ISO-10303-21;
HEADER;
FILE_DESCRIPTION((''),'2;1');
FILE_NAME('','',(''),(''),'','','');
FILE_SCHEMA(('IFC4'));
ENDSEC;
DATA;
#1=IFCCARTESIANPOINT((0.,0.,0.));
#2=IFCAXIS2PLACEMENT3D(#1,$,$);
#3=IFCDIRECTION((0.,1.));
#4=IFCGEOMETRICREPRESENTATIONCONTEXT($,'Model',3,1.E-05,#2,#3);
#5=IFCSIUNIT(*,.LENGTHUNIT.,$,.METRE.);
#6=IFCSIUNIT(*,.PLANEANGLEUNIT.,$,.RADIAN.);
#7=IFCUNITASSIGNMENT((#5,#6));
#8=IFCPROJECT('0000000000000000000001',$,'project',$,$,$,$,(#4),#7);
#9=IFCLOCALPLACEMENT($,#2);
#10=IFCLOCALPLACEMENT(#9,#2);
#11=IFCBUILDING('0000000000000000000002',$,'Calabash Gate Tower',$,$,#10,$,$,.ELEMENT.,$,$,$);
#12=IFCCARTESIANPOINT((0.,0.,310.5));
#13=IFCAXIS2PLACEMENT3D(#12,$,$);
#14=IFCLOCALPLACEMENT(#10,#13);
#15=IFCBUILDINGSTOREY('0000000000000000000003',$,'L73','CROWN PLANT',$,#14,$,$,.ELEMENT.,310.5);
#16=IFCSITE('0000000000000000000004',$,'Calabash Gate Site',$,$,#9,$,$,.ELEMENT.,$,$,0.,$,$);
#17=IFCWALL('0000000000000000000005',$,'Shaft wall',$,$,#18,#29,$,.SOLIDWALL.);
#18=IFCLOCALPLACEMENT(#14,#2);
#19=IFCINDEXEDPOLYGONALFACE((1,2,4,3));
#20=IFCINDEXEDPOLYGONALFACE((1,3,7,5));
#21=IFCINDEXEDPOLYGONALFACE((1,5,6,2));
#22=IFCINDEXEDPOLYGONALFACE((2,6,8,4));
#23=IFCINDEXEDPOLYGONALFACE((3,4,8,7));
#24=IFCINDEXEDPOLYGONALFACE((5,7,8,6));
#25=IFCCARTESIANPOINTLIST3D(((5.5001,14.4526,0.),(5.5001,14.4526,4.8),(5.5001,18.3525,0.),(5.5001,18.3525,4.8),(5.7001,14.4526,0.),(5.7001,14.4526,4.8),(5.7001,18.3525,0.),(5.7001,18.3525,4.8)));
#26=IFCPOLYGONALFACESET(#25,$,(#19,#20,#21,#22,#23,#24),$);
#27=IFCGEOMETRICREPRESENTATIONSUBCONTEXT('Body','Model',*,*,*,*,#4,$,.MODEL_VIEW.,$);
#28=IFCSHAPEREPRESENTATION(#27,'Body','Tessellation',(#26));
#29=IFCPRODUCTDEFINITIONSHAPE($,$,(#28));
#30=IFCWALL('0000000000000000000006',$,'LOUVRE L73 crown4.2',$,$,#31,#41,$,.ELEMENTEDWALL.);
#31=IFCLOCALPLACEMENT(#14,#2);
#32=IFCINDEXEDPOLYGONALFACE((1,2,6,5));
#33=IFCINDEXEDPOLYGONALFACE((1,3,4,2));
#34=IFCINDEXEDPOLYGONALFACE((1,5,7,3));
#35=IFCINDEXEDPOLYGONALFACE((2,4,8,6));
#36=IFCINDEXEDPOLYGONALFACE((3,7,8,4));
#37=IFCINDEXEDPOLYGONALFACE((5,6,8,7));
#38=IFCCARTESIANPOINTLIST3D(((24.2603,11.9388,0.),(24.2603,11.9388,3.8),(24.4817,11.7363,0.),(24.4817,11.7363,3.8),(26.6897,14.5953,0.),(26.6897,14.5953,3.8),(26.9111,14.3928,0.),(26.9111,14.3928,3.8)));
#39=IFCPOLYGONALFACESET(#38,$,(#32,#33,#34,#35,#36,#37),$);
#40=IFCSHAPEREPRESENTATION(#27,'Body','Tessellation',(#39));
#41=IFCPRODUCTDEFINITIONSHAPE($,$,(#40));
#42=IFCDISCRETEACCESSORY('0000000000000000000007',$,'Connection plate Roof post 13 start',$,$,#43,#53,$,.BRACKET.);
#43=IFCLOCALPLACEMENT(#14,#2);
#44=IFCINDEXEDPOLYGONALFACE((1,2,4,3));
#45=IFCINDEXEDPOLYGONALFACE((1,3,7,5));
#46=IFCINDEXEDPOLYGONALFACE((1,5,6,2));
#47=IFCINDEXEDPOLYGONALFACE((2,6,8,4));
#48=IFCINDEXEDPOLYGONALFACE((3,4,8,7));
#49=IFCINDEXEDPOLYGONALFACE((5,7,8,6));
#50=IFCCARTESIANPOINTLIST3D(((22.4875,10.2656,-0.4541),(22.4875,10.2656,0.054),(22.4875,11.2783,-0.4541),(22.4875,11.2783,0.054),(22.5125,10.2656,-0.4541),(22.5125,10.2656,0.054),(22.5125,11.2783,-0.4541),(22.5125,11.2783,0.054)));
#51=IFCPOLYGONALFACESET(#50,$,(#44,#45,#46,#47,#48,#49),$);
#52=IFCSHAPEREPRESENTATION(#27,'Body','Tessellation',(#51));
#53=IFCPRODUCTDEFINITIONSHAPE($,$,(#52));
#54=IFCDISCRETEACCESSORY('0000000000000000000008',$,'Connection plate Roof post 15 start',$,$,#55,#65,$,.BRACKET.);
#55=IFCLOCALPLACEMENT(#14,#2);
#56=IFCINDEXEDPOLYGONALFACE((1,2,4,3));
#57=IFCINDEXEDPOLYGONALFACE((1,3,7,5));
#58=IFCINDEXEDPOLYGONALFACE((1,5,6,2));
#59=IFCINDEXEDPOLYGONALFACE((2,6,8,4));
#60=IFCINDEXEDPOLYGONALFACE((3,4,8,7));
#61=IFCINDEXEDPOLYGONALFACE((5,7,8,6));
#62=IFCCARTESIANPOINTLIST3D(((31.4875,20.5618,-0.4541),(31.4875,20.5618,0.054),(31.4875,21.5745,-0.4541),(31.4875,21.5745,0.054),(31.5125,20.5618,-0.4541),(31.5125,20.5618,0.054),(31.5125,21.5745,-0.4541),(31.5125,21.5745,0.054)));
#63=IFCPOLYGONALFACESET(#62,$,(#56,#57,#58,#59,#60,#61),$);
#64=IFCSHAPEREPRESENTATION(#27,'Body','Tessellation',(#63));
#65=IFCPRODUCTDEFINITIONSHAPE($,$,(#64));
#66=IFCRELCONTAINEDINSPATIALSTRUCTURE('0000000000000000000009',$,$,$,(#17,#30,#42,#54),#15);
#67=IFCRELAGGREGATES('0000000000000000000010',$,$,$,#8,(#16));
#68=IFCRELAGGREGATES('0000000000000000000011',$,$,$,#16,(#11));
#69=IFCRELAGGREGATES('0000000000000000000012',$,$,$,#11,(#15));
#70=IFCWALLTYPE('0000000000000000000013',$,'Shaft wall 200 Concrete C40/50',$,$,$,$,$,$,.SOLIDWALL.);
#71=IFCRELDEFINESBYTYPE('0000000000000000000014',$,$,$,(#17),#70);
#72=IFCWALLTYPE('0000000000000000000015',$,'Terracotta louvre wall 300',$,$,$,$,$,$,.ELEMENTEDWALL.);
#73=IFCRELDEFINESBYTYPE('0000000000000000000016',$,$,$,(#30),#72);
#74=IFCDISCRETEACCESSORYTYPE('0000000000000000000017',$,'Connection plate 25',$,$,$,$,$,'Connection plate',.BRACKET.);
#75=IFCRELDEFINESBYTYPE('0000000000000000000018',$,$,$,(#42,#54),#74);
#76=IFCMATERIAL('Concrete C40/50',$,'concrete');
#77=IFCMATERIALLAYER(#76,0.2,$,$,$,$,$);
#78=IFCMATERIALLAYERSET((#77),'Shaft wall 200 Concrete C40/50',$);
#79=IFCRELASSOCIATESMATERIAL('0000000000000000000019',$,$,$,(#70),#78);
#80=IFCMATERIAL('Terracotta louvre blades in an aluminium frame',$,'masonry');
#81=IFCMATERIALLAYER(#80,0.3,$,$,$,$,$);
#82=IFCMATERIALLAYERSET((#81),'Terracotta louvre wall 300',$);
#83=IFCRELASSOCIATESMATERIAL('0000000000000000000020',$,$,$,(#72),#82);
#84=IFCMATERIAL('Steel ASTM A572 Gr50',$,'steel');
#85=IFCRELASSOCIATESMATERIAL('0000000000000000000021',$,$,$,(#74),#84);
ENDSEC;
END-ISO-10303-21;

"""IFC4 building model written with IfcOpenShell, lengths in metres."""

from ifc_helpers import new_model, si_unit, direction, frame, frame_2d, origin, origin_2d, place, context, subcontext, project, spatial, rectangle, extrude, material, layer, layer_set, type_object, element, save


model = new_model("IFC4")

# Units and contexts
model_context = context("Model", 3, precision=1e-05, world=origin(), true_north=direction((0.0, 1.0)))
body_context = subcontext(model_context, "Body", "Model", "MODEL_VIEW")
ifc_project = project(units=[si_unit("LENGTHUNIT", "METRE"), si_unit("PLANEANGLEUNIT", "RADIAN")], contexts=[model_context])

# Site, building, storey
site_placement = place(None, origin())
site = spatial("IfcSite", under=ifc_project, at=site_placement, Name="Calabash Gate Site", CompositionType="ELEMENT", RefElevation=0.0)
building_placement = place(site_placement, origin())
building = spatial("IfcBuilding", under=site, at=building_placement, Name="Calabash Gate Tower", CompositionType="ELEMENT")
storey_placement = place(building_placement, frame((0.0, 0.0, 310.5)))
storey = spatial("IfcBuildingStorey", under=building, at=storey_placement, Name="L73", Description="CROWN PLANT", CompositionType="ELEMENT", Elevation=310.5)

# Shared definitions
ifc_material_1 = material(Name="Concrete C40/50", Category="concrete")
ifc_layer_1 = layer(ifc_material_1, 0.2)
ifc_layer_set_1 = layer_set([ifc_layer_1], Name="Shaft wall 200 Concrete C40/50")
wall_type_1 = type_object("IfcWallType", Name="Shaft wall 200 Concrete C40/50", PredefinedType="SOLIDWALL", material=ifc_layer_set_1)

# Walls
wall_1_placement = place(storey_placement, frame((5.6001, 14.4526, 0.0), z_axis=(0.0, 0.0, 1.0), x_axis=(0.0, 1.0, 0.0)))
element("IfcWall", 1, at=wall_1_placement, inside=storey, type_object=wall_type_1, Name="Shaft wall", PredefinedType="SOLIDWALL", context=body_context, shape_type="SweptSolid", body=[
    extrude(rectangle(XDim=3.8999, YDim=0.2, at=frame_2d((1.95, 0.0))), origin(), (0.0, 0.0, 1.0), 4.8),
])
ifc_material_2 = material(Name="Terracotta louvre blades in an aluminium frame", Category="masonry")
ifc_layer_2 = layer(ifc_material_2, 0.3)
ifc_layer_set_2 = layer_set([ifc_layer_2], Name="Terracotta louvre wall 300")
wall_type_2 = type_object("IfcWallType", Name="Terracotta louvre wall 300", PredefinedType="ELEMENTEDWALL", material=ifc_layer_set_2)
wall_2_placement = place(storey_placement, frame((24.3711, 11.8376, 0.0), z_axis=(0.0, 0.0, 1.0), x_axis=(0.674867, 0.737939, 0.0)))
element("IfcWall", 2, at=wall_2_placement, inside=storey, type_object=wall_type_2, Name="LOUVRE L73 crown4.2", PredefinedType="ELEMENTEDWALL", context=body_context, shape_type="SweptSolid", body=[
    extrude(rectangle(XDim=3.5999, YDim=0.3, at=frame_2d((1.7998, 0.0))), origin(), (0.0, 0.0, 1.0), 3.8),
])

# Discrete accessories
ifc_material_3 = material(Name="Steel ASTM A572 Gr50", Category="steel")
discrete_accessory_type = type_object("IfcDiscreteAccessoryType", Name="Connection plate 25", ElementType="Connection plate", PredefinedType="BRACKET", material=ifc_material_3)
for number, where, z_axis, x_axis, name in (
    (3, (22.5, 10.772, -0.4541), (0.0, 0.0, 1.0), (0.0, 1.0, 0.0), "Connection plate Roof post 13 start"),
    (4, (31.5, 21.0681, -0.4541), (0.0, 0.0, 1.0), (0.0, 1.0, 0.0), "Connection plate Roof post 15 start"),
):
    element("IfcDiscreteAccessory", number, at=place(storey_placement, frame(where, z_axis=z_axis, x_axis=x_axis)), inside=storey, type_object=discrete_accessory_type, Name=name, PredefinedType="BRACKET", context=body_context, shape_type="SweptSolid", body=[
        extrude(rectangle(XDim=1.0127, YDim=0.0249, at=origin_2d()), origin(), (0.0, 0.0, 1.0), 0.5081),
    ])

save(model, "model.ifc")
